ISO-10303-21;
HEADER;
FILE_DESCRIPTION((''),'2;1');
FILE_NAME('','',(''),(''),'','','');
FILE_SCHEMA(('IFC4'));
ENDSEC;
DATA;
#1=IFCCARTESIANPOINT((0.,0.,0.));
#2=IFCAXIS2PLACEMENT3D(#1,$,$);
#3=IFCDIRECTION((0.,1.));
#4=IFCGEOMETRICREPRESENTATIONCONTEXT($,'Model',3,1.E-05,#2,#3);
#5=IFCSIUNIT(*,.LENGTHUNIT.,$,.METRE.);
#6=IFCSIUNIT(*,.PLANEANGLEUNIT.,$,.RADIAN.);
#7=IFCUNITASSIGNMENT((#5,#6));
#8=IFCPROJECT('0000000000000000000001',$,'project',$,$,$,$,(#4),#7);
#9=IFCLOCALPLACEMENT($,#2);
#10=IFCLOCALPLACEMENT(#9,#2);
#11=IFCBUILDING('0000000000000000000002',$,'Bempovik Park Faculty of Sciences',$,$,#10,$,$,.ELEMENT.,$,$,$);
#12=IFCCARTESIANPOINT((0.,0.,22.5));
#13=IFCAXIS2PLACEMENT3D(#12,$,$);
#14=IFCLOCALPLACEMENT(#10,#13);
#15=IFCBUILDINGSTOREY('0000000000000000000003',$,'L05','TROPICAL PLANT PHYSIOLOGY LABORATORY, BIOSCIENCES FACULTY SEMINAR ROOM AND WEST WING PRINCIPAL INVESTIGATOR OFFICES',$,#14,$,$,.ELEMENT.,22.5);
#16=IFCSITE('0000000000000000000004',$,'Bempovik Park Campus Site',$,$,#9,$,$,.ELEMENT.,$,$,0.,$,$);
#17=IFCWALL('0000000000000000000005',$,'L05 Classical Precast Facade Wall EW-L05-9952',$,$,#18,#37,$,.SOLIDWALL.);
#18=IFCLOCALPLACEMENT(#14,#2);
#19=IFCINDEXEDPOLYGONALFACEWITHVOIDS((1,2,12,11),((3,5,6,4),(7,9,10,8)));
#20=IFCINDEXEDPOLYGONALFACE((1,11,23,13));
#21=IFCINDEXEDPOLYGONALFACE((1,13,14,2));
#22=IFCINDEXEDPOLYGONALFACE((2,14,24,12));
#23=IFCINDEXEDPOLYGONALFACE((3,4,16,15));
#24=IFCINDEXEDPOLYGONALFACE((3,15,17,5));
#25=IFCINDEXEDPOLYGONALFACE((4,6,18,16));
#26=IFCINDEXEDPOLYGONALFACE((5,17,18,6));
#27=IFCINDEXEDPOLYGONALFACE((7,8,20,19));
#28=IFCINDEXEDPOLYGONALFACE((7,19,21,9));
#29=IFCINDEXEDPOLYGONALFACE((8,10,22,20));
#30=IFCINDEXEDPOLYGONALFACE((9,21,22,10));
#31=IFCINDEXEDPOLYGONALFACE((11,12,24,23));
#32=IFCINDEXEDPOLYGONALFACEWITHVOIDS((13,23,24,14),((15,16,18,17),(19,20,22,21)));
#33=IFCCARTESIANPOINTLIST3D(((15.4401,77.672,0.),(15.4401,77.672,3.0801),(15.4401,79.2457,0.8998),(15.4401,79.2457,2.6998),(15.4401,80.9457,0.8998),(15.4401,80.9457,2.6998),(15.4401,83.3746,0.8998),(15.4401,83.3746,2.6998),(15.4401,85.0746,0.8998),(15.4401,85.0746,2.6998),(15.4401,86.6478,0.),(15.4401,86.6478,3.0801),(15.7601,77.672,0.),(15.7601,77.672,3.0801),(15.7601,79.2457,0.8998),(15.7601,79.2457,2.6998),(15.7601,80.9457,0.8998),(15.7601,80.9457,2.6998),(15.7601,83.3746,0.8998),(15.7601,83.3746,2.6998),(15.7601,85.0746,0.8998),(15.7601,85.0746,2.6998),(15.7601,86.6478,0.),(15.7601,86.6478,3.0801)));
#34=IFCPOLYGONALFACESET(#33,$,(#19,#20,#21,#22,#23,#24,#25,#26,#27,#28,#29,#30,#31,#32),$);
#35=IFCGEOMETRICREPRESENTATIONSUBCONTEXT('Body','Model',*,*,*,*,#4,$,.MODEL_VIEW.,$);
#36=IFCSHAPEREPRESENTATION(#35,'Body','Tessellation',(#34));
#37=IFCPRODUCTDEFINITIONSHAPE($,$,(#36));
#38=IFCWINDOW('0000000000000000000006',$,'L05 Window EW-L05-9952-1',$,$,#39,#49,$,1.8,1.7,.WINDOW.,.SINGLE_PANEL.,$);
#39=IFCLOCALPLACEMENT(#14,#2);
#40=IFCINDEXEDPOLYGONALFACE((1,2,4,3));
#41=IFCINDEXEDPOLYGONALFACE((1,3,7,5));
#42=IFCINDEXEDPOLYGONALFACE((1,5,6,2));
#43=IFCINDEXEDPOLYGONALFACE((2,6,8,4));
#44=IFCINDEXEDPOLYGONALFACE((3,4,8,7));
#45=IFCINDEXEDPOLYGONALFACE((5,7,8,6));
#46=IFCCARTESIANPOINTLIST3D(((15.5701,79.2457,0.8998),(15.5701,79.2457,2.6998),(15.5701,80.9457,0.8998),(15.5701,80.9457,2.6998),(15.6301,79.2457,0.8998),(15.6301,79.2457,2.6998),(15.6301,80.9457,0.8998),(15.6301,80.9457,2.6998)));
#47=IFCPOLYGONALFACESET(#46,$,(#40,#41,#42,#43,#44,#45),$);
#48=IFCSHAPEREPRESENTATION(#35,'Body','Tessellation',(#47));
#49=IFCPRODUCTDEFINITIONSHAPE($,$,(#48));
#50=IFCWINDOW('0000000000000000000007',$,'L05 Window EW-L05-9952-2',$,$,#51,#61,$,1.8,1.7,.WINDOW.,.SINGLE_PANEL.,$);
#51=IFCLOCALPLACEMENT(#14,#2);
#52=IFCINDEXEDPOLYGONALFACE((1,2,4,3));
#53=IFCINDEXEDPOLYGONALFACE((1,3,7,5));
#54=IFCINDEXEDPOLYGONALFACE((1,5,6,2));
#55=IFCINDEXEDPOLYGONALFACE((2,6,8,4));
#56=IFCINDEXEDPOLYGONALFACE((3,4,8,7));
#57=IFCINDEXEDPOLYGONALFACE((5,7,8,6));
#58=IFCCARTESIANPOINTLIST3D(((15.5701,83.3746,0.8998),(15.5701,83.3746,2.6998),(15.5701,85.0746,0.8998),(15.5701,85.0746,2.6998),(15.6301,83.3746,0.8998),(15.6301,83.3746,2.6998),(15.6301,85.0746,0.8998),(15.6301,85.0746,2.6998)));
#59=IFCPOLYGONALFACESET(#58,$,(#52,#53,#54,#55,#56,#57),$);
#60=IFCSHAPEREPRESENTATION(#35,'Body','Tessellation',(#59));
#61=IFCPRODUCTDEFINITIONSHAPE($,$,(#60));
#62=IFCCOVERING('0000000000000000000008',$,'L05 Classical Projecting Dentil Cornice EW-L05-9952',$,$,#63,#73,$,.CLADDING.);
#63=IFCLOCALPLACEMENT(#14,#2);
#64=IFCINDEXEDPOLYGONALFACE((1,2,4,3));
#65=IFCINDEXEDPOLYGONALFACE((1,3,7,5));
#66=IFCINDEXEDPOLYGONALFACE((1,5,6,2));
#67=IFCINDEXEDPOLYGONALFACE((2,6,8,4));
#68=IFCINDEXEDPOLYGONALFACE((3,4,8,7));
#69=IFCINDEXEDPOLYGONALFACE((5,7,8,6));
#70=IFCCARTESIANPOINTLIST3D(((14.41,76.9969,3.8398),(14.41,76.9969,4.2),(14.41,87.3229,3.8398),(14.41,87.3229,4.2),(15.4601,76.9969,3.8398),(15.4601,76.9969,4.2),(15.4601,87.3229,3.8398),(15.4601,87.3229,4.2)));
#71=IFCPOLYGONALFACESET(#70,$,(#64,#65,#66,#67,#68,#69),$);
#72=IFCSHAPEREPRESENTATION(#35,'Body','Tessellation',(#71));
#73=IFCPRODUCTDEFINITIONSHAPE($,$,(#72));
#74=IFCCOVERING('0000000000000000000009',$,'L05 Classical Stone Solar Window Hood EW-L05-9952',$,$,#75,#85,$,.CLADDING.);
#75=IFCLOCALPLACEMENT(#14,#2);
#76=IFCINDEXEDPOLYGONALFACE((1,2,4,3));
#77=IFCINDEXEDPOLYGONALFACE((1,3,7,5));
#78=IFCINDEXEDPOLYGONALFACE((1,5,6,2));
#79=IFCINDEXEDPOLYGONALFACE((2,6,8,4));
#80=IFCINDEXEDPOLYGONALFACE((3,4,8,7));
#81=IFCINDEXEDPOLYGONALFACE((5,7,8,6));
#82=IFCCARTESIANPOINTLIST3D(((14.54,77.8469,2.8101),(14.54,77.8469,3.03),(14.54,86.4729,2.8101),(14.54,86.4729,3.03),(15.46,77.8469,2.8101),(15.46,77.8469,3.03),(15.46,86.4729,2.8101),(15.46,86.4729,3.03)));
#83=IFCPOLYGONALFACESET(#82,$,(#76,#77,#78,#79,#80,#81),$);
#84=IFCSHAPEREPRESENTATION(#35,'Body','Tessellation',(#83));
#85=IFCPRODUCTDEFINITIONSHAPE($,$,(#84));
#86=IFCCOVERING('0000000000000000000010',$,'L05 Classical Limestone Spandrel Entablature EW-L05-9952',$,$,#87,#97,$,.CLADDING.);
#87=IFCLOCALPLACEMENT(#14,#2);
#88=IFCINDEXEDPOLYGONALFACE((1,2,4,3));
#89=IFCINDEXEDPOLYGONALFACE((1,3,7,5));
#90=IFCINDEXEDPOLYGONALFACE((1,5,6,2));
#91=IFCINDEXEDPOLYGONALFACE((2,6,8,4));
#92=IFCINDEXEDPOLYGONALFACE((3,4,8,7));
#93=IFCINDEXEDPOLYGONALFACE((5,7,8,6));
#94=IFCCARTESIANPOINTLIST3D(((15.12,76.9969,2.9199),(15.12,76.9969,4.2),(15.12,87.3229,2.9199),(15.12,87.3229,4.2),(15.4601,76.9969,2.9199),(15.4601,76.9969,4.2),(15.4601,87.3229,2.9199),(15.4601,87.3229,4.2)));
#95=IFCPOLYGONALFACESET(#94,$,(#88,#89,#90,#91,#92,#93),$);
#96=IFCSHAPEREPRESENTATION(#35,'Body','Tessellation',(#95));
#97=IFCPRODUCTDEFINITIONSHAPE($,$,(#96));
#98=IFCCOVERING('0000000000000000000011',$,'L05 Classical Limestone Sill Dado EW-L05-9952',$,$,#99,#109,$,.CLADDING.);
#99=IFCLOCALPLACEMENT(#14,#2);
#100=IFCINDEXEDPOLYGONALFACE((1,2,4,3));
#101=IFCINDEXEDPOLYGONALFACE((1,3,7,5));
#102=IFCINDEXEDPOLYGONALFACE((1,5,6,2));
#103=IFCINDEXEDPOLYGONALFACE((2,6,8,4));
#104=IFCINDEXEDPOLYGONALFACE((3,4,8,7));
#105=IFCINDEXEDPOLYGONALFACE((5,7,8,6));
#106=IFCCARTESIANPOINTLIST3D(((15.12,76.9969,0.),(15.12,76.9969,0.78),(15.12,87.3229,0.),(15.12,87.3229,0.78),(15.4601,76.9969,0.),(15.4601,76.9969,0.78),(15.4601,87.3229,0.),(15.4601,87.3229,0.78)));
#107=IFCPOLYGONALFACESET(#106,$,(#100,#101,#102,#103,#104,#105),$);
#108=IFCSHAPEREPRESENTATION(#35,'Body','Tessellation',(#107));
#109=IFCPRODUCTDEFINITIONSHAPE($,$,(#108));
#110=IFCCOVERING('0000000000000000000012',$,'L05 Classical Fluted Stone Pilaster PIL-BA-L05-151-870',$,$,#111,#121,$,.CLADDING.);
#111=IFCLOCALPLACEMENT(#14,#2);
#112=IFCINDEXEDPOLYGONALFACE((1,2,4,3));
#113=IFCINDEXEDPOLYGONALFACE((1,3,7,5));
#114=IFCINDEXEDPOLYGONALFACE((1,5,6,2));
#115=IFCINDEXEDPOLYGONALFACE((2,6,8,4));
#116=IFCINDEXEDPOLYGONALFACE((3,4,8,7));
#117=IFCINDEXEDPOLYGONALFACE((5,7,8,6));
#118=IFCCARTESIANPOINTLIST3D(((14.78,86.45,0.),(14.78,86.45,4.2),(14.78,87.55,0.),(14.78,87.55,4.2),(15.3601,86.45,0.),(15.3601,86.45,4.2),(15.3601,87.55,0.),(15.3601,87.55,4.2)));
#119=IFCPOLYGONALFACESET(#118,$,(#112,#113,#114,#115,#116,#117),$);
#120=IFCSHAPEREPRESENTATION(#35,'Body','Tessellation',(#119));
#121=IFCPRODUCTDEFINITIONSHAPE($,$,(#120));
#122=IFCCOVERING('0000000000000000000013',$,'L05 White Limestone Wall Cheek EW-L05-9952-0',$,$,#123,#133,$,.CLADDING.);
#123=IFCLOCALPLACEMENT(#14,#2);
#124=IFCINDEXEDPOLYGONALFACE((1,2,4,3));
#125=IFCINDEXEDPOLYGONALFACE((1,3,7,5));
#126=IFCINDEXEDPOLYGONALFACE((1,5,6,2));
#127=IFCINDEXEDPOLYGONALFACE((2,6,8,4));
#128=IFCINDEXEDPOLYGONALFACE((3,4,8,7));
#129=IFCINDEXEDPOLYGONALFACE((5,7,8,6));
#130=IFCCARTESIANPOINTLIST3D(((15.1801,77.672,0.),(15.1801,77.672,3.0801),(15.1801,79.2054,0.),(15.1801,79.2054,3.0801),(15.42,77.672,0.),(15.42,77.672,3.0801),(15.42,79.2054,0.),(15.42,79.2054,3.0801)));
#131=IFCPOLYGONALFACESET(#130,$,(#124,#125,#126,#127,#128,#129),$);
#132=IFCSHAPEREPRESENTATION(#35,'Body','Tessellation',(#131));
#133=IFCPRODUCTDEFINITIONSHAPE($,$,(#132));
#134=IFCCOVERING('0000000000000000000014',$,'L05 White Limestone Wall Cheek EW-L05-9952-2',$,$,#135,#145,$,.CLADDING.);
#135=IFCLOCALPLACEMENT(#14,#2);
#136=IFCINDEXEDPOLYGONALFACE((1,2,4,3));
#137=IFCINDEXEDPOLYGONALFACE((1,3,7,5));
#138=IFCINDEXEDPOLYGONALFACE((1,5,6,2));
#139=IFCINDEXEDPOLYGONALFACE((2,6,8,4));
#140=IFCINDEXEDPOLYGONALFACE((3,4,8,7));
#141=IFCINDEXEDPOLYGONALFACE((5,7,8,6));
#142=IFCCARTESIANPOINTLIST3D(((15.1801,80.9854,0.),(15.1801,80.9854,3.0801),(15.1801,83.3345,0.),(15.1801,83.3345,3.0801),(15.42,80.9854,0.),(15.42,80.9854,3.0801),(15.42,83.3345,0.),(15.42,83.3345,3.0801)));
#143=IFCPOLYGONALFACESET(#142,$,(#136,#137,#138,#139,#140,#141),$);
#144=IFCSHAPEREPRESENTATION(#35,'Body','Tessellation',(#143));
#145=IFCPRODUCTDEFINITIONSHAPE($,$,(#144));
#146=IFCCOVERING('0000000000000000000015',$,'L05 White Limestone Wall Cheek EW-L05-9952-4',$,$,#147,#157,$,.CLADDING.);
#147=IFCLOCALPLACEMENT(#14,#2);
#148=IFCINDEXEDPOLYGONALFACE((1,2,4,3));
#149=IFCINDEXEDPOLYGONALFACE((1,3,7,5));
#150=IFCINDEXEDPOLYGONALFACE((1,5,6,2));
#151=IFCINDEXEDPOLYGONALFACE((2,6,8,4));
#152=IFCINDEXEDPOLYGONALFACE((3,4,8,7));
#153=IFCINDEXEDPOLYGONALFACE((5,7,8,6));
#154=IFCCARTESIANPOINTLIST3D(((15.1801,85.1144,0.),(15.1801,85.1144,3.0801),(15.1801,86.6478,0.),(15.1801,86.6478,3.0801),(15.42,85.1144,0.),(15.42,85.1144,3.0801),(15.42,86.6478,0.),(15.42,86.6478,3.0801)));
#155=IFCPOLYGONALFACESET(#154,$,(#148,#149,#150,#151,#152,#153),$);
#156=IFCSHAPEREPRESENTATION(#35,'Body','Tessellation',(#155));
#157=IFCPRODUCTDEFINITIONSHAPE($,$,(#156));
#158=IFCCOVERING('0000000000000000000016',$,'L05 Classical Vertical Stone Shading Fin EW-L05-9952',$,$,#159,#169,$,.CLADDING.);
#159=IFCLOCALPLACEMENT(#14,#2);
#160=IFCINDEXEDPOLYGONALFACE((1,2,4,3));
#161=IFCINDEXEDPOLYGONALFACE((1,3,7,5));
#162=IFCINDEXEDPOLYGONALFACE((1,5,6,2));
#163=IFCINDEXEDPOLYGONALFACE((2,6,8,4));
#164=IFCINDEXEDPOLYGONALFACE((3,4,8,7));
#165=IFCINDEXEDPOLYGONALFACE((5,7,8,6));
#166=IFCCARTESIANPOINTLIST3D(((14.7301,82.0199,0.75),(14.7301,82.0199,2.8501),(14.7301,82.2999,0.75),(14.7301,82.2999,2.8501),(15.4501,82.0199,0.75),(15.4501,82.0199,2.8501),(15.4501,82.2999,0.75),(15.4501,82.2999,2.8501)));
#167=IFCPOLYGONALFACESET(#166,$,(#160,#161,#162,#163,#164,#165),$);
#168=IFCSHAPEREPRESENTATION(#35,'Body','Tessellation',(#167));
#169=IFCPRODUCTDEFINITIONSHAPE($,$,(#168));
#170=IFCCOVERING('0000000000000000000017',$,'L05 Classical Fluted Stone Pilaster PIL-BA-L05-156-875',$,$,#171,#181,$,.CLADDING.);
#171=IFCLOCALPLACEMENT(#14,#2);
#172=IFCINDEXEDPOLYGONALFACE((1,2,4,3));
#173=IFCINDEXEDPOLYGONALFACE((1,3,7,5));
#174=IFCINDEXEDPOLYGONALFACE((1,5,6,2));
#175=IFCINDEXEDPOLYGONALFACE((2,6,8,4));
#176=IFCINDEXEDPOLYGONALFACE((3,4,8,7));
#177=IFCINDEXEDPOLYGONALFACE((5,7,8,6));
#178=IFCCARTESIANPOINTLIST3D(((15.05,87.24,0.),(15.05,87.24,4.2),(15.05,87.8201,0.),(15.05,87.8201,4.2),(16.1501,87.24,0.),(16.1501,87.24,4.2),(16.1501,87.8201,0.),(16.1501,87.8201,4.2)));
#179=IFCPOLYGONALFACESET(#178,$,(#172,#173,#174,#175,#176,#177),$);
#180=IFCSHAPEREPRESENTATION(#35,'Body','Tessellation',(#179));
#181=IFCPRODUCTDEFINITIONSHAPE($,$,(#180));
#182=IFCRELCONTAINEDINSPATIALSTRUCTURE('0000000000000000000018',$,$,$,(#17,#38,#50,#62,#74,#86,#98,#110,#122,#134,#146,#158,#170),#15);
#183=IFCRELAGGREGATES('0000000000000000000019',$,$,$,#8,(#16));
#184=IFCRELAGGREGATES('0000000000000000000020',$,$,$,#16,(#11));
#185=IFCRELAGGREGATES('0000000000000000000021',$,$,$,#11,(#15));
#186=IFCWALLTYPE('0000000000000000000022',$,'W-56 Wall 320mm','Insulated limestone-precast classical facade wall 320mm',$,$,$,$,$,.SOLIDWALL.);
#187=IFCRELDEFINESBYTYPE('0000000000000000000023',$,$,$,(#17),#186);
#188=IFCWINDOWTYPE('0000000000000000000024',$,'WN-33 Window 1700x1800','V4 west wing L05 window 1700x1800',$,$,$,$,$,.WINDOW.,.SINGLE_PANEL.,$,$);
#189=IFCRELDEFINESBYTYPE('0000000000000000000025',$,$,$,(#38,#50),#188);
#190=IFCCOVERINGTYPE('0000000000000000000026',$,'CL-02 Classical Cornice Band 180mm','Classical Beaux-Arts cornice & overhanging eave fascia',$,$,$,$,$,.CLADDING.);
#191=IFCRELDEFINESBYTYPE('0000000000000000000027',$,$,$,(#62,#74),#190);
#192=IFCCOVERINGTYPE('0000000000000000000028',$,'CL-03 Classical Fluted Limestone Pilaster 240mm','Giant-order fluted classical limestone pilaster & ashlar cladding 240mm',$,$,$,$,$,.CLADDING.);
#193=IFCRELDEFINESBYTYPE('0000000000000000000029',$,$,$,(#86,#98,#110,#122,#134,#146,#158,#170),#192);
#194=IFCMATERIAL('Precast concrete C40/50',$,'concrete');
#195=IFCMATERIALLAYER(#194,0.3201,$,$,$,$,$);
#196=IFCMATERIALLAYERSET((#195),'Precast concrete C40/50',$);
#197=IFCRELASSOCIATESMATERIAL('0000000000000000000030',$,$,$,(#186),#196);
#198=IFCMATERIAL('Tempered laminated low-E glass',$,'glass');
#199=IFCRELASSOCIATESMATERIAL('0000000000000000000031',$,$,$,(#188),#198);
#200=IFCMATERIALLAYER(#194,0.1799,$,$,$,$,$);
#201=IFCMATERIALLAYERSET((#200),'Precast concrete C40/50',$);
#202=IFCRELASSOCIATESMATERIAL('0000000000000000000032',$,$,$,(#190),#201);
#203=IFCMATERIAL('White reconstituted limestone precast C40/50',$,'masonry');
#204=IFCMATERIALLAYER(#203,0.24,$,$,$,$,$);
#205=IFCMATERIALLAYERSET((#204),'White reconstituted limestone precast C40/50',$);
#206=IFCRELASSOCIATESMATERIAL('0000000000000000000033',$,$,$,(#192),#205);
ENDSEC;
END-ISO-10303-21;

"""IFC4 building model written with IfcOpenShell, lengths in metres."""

from ifc_helpers import new_model, si_unit, direction, frame, frame_2d, origin, origin_2d, place, context, subcontext, project, spatial, rectangle, extrude, material, layer, layer_set, type_object, element, fill, save


model = new_model("IFC4")

# Units and contexts
model_context = context("Model", 3, precision=1e-05, world=origin(), true_north=direction((0.0, 1.0)))
body_context = subcontext(model_context, "Body", "Model", "MODEL_VIEW")
ifc_project = project(units=[si_unit("LENGTHUNIT", "METRE"), si_unit("PLANEANGLEUNIT", "RADIAN")], contexts=[model_context])

# Site, building, storey
site_placement = place(None, origin())
site = spatial("IfcSite", under=ifc_project, at=site_placement, Name="Bempovik Park Campus Site", CompositionType="ELEMENT", RefElevation=0.0)
building_placement = place(site_placement, origin())
building = spatial("IfcBuilding", under=site, at=building_placement, Name="Bempovik Park Faculty of Sciences", CompositionType="ELEMENT")
storey_placement = place(building_placement, frame((0.0, 0.0, 22.5)))
storey = spatial("IfcBuildingStorey", under=building, at=storey_placement, Name="L05", Description="TROPICAL PLANT PHYSIOLOGY LABORATORY, BIOSCIENCES FACULTY SEMINAR ROOM AND WEST WING PRINCIPAL INVESTIGATOR OFFICES", CompositionType="ELEMENT", Elevation=22.5)

# Shared definitions
ifc_material_1 = material(Name="Precast concrete C40/50", Category="concrete")
ifc_material_2 = material(Name="Tempered laminated low-E glass", Category="glass")

# Wall, openings, windows
ifc_layer_1 = layer(ifc_material_1, 0.3201)
ifc_layer_set_1 = layer_set([ifc_layer_1], Name="Precast concrete C40/50")
wall_type_1 = type_object("IfcWallType", Name="W-56 Wall 320mm", Description="Insulated limestone-precast classical facade wall 320mm", PredefinedType="SOLIDWALL", material=ifc_layer_set_1)
wall_1_placement = place(storey_placement, frame((15.6001, 77.6721, 0.0), z_axis=(0.0, 0.0, 1.0), x_axis=(0.0, 1.0, 0.0)))
wall_1 = element("IfcWall", 1, at=wall_1_placement, inside=storey, type_object=wall_type_1, Name="L05 Classical Precast Facade Wall EW-L05-9952", PredefinedType="SOLIDWALL", context=body_context, shape_type="SweptSolid", body=[
    extrude(rectangle(XDim=8.9758, YDim=0.3201, at=frame_2d((4.4878, 0.0))), origin(), (0.0, 0.0, 1.0), 3.0801),
])
opening_1_placement = place(wall_1_placement, frame((1.5735, 0.0, 0.8999)))
opening_1 = element("IfcOpeningElement", 2, at=opening_1_placement, cuts=wall_1, PredefinedType="OPENING", context=body_context, shape_type="SweptSolid", body=[
    extrude(rectangle(XDim=1.7, YDim=1.8, at=frame_2d((0.8501, 0.8999))), frame((0.0, 0.1699, 0.0), z_axis=(0.0, -1.0, 0.0), x_axis=(1.0, 0.0, 0.0)), (0.0, 0.0, 1.0), 0.3401),
])
opening_2_placement = place(wall_1_placement, frame((5.7024, 0.0, 0.8999)))
opening_2 = element("IfcOpeningElement", 3, at=opening_2_placement, cuts=wall_1, PredefinedType="OPENING", context=body_context, shape_type="SweptSolid", body=[
    extrude(rectangle(XDim=1.7, YDim=1.8, at=frame_2d((0.8501, 0.8999))), frame((0.0, 0.1699, 0.0), z_axis=(0.0, -1.0, 0.0), x_axis=(1.0, 0.0, 0.0)), (0.0, 0.0, 1.0), 0.3401),
])
window_type_1 = type_object("IfcWindowType", Name="WN-33 Window 1700x1800", Description="V4 west wing L05 window 1700x1800", PartitioningType="SINGLE_PANEL", PredefinedType="WINDOW", material=ifc_material_2)
window_1_placement = place(opening_1_placement, origin())
window_1 = element("IfcWindow", 4, at=window_1_placement, inside=storey, type_object=window_type_1, Name="L05 Window EW-L05-9952-1", OverallHeight=1.8, OverallWidth=1.7, PartitioningType="SINGLE_PANEL", PredefinedType="WINDOW", context=body_context, shape_type="SweptSolid", body=[
    extrude(rectangle(XDim=1.7, YDim=1.8, at=frame_2d((0.8501, 0.8999))), frame((0.0, 0.03, 0.0), z_axis=(0.0, -1.0, 0.0), x_axis=(1.0, 0.0, 0.0)), (0.0, 0.0, 1.0), 0.0601),
])
fill(opening_1, window_1)
window_2_placement = place(opening_2_placement, origin())
window_2 = element("IfcWindow", 5, at=window_2_placement, inside=storey, type_object=window_type_1, Name="L05 Window EW-L05-9952-2", OverallHeight=1.8, OverallWidth=1.7, PartitioningType="SINGLE_PANEL", PredefinedType="WINDOW", context=body_context, shape_type="SweptSolid", body=[
    extrude(rectangle(XDim=1.7, YDim=1.8, at=frame_2d((0.8501, 0.8999))), frame((0.0, 0.03, 0.0), z_axis=(0.0, -1.0, 0.0), x_axis=(1.0, 0.0, 0.0)), (0.0, 0.0, 1.0), 0.0601),
])
fill(opening_2, window_2)

# Coverings
ifc_layer_2 = layer(ifc_material_1, 0.1799)
ifc_layer_set_2 = layer_set([ifc_layer_2], Name="Precast concrete C40/50")
covering_type_1 = type_object("IfcCoveringType", Name="CL-02 Classical Cornice Band 180mm", Description="Classical Beaux-Arts cornice & overhanging eave fascia", PredefinedType="CLADDING", material=ifc_layer_set_2)
covering_1_placement = place(storey_placement, frame((14.9351, 82.1599, 3.8398), z_axis=(0.0, 0.0, 1.0), x_axis=(1.0, 0.0, 0.0)))
element("IfcCovering", 6, at=covering_1_placement, inside=storey, type_object=covering_type_1, Name="L05 Classical Projecting Dentil Cornice EW-L05-9952", PredefinedType="CLADDING", context=body_context, shape_type="SweptSolid", body=[
    extrude(rectangle(XDim=1.05, YDim=10.3259, at=origin_2d()), origin(), (0.0, 0.0, 1.0), 0.3601),
])
covering_2_placement = place(storey_placement, frame((15.0, 82.1599, 2.8101), z_axis=(0.0, 0.0, 1.0), x_axis=(1.0, 0.0, 0.0)))
element("IfcCovering", 7, at=covering_2_placement, inside=storey, type_object=covering_type_1, Name="L05 Classical Stone Solar Window Hood EW-L05-9952", PredefinedType="CLADDING", context=body_context, shape_type="SweptSolid", body=[
    extrude(rectangle(XDim=0.9199, YDim=8.626, at=origin_2d()), origin(), (0.0, 0.0, 1.0), 0.22),
])
ifc_material_3 = material(Name="White reconstituted limestone precast C40/50", Category="masonry")
ifc_layer_3 = layer(ifc_material_3, 0.24)
ifc_layer_set_3 = layer_set([ifc_layer_3], Name="White reconstituted limestone precast C40/50")
covering_type_2 = type_object("IfcCoveringType", Name="CL-03 Classical Fluted Limestone Pilaster 240mm", Description="Giant-order fluted classical limestone pilaster & ashlar cladding 240mm", PredefinedType="CLADDING", material=ifc_layer_set_3)
covering_3_placement = place(storey_placement, frame((15.29, 82.1599, 2.9199), z_axis=(0.0, 0.0, 1.0), x_axis=(1.0, 0.0, 0.0)))
element("IfcCovering", 8, at=covering_3_placement, inside=storey, type_object=covering_type_2, Name="L05 Classical Limestone Spandrel Entablature EW-L05-9952", PredefinedType="CLADDING", context=body_context, shape_type="SweptSolid", body=[
    extrude(rectangle(XDim=0.3401, YDim=10.3259, at=origin_2d()), origin(), (0.0, 0.0, 1.0), 1.28),
])
covering_4_placement = place(storey_placement, frame((15.29, 82.1599, 0.0), z_axis=(0.0, 0.0, 1.0), x_axis=(1.0, 0.0, 0.0)))
element("IfcCovering", 9, at=covering_4_placement, inside=storey, type_object=covering_type_2, Name="L05 Classical Limestone Sill Dado EW-L05-9952", PredefinedType="CLADDING", context=body_context, shape_type="SweptSolid", body=[
    extrude(rectangle(XDim=0.3401, YDim=10.3259, at=origin_2d()), origin(), (0.0, 0.0, 1.0), 0.78),
])
covering_5_placement = place(storey_placement, frame((15.0701, 87.0, 0.0), z_axis=(0.0, 0.0, 1.0), x_axis=(1.0, 0.0, 0.0)))
element("IfcCovering", 10, at=covering_5_placement, inside=storey, type_object=covering_type_2, Name="L05 Classical Fluted Stone Pilaster PIL-BA-L05-151-870", PredefinedType="CLADDING", context=body_context, shape_type="SweptSolid", body=[
    extrude(rectangle(XDim=0.5801, YDim=1.1001, at=origin_2d()), origin(), (0.0, 0.0, 1.0), 4.2),
])
covering_6_placement = place(storey_placement, frame((15.3, 78.4387, 0.0), z_axis=(0.0, 0.0, 1.0), x_axis=(1.0, 0.0, 0.0)))
element("IfcCovering", 11, at=covering_6_placement, inside=storey, type_object=covering_type_2, Name="L05 White Limestone Wall Cheek EW-L05-9952-0", PredefinedType="CLADDING", context=body_context, shape_type="SweptSolid", body=[
    extrude(rectangle(XDim=0.24, YDim=1.5334, at=origin_2d()), origin(), (0.0, 0.0, 1.0), 3.0801),
])
covering_7_placement = place(storey_placement, frame((15.3, 82.1599, 0.0), z_axis=(0.0, 0.0, 1.0), x_axis=(1.0, 0.0, 0.0)))
element("IfcCovering", 12, at=covering_7_placement, inside=storey, type_object=covering_type_2, Name="L05 White Limestone Wall Cheek EW-L05-9952-2", PredefinedType="CLADDING", context=body_context, shape_type="SweptSolid", body=[
    extrude(rectangle(XDim=0.24, YDim=2.3491, at=origin_2d()), origin(), (0.0, 0.0, 1.0), 3.0801),
])
covering_8_placement = place(storey_placement, frame((15.3, 85.8811, 0.0), z_axis=(0.0, 0.0, 1.0), x_axis=(1.0, 0.0, 0.0)))
element("IfcCovering", 13, at=covering_8_placement, inside=storey, type_object=covering_type_2, Name="L05 White Limestone Wall Cheek EW-L05-9952-4", PredefinedType="CLADDING", context=body_context, shape_type="SweptSolid", body=[
    extrude(rectangle(XDim=0.24, YDim=1.5334, at=origin_2d()), origin(), (0.0, 0.0, 1.0), 3.0801),
])
covering_9_placement = place(storey_placement, frame((15.0901, 82.1599, 0.75), z_axis=(0.0, 0.0, 1.0), x_axis=(1.0, 0.0, 0.0)))
element("IfcCovering", 14, at=covering_9_placement, inside=storey, type_object=covering_type_2, Name="L05 Classical Vertical Stone Shading Fin EW-L05-9952", PredefinedType="CLADDING", context=body_context, shape_type="SweptSolid", body=[
    extrude(rectangle(XDim=0.72, YDim=0.28, at=origin_2d()), origin(), (0.0, 0.0, 1.0), 2.1001),
])
covering_10_placement = place(storey_placement, frame((15.6001, 87.53, 0.0), z_axis=(0.0, 0.0, 1.0), x_axis=(1.0, 0.0, 0.0)))
element("IfcCovering", 15, at=covering_10_placement, inside=storey, type_object=covering_type_2, Name="L05 Classical Fluted Stone Pilaster PIL-BA-L05-156-875", PredefinedType="CLADDING", context=body_context, shape_type="SweptSolid", body=[
    extrude(rectangle(XDim=1.1001, YDim=0.5801, at=origin_2d()), origin(), (0.0, 0.0, 1.0), 4.2),
])

save(model, "model.ifc")
